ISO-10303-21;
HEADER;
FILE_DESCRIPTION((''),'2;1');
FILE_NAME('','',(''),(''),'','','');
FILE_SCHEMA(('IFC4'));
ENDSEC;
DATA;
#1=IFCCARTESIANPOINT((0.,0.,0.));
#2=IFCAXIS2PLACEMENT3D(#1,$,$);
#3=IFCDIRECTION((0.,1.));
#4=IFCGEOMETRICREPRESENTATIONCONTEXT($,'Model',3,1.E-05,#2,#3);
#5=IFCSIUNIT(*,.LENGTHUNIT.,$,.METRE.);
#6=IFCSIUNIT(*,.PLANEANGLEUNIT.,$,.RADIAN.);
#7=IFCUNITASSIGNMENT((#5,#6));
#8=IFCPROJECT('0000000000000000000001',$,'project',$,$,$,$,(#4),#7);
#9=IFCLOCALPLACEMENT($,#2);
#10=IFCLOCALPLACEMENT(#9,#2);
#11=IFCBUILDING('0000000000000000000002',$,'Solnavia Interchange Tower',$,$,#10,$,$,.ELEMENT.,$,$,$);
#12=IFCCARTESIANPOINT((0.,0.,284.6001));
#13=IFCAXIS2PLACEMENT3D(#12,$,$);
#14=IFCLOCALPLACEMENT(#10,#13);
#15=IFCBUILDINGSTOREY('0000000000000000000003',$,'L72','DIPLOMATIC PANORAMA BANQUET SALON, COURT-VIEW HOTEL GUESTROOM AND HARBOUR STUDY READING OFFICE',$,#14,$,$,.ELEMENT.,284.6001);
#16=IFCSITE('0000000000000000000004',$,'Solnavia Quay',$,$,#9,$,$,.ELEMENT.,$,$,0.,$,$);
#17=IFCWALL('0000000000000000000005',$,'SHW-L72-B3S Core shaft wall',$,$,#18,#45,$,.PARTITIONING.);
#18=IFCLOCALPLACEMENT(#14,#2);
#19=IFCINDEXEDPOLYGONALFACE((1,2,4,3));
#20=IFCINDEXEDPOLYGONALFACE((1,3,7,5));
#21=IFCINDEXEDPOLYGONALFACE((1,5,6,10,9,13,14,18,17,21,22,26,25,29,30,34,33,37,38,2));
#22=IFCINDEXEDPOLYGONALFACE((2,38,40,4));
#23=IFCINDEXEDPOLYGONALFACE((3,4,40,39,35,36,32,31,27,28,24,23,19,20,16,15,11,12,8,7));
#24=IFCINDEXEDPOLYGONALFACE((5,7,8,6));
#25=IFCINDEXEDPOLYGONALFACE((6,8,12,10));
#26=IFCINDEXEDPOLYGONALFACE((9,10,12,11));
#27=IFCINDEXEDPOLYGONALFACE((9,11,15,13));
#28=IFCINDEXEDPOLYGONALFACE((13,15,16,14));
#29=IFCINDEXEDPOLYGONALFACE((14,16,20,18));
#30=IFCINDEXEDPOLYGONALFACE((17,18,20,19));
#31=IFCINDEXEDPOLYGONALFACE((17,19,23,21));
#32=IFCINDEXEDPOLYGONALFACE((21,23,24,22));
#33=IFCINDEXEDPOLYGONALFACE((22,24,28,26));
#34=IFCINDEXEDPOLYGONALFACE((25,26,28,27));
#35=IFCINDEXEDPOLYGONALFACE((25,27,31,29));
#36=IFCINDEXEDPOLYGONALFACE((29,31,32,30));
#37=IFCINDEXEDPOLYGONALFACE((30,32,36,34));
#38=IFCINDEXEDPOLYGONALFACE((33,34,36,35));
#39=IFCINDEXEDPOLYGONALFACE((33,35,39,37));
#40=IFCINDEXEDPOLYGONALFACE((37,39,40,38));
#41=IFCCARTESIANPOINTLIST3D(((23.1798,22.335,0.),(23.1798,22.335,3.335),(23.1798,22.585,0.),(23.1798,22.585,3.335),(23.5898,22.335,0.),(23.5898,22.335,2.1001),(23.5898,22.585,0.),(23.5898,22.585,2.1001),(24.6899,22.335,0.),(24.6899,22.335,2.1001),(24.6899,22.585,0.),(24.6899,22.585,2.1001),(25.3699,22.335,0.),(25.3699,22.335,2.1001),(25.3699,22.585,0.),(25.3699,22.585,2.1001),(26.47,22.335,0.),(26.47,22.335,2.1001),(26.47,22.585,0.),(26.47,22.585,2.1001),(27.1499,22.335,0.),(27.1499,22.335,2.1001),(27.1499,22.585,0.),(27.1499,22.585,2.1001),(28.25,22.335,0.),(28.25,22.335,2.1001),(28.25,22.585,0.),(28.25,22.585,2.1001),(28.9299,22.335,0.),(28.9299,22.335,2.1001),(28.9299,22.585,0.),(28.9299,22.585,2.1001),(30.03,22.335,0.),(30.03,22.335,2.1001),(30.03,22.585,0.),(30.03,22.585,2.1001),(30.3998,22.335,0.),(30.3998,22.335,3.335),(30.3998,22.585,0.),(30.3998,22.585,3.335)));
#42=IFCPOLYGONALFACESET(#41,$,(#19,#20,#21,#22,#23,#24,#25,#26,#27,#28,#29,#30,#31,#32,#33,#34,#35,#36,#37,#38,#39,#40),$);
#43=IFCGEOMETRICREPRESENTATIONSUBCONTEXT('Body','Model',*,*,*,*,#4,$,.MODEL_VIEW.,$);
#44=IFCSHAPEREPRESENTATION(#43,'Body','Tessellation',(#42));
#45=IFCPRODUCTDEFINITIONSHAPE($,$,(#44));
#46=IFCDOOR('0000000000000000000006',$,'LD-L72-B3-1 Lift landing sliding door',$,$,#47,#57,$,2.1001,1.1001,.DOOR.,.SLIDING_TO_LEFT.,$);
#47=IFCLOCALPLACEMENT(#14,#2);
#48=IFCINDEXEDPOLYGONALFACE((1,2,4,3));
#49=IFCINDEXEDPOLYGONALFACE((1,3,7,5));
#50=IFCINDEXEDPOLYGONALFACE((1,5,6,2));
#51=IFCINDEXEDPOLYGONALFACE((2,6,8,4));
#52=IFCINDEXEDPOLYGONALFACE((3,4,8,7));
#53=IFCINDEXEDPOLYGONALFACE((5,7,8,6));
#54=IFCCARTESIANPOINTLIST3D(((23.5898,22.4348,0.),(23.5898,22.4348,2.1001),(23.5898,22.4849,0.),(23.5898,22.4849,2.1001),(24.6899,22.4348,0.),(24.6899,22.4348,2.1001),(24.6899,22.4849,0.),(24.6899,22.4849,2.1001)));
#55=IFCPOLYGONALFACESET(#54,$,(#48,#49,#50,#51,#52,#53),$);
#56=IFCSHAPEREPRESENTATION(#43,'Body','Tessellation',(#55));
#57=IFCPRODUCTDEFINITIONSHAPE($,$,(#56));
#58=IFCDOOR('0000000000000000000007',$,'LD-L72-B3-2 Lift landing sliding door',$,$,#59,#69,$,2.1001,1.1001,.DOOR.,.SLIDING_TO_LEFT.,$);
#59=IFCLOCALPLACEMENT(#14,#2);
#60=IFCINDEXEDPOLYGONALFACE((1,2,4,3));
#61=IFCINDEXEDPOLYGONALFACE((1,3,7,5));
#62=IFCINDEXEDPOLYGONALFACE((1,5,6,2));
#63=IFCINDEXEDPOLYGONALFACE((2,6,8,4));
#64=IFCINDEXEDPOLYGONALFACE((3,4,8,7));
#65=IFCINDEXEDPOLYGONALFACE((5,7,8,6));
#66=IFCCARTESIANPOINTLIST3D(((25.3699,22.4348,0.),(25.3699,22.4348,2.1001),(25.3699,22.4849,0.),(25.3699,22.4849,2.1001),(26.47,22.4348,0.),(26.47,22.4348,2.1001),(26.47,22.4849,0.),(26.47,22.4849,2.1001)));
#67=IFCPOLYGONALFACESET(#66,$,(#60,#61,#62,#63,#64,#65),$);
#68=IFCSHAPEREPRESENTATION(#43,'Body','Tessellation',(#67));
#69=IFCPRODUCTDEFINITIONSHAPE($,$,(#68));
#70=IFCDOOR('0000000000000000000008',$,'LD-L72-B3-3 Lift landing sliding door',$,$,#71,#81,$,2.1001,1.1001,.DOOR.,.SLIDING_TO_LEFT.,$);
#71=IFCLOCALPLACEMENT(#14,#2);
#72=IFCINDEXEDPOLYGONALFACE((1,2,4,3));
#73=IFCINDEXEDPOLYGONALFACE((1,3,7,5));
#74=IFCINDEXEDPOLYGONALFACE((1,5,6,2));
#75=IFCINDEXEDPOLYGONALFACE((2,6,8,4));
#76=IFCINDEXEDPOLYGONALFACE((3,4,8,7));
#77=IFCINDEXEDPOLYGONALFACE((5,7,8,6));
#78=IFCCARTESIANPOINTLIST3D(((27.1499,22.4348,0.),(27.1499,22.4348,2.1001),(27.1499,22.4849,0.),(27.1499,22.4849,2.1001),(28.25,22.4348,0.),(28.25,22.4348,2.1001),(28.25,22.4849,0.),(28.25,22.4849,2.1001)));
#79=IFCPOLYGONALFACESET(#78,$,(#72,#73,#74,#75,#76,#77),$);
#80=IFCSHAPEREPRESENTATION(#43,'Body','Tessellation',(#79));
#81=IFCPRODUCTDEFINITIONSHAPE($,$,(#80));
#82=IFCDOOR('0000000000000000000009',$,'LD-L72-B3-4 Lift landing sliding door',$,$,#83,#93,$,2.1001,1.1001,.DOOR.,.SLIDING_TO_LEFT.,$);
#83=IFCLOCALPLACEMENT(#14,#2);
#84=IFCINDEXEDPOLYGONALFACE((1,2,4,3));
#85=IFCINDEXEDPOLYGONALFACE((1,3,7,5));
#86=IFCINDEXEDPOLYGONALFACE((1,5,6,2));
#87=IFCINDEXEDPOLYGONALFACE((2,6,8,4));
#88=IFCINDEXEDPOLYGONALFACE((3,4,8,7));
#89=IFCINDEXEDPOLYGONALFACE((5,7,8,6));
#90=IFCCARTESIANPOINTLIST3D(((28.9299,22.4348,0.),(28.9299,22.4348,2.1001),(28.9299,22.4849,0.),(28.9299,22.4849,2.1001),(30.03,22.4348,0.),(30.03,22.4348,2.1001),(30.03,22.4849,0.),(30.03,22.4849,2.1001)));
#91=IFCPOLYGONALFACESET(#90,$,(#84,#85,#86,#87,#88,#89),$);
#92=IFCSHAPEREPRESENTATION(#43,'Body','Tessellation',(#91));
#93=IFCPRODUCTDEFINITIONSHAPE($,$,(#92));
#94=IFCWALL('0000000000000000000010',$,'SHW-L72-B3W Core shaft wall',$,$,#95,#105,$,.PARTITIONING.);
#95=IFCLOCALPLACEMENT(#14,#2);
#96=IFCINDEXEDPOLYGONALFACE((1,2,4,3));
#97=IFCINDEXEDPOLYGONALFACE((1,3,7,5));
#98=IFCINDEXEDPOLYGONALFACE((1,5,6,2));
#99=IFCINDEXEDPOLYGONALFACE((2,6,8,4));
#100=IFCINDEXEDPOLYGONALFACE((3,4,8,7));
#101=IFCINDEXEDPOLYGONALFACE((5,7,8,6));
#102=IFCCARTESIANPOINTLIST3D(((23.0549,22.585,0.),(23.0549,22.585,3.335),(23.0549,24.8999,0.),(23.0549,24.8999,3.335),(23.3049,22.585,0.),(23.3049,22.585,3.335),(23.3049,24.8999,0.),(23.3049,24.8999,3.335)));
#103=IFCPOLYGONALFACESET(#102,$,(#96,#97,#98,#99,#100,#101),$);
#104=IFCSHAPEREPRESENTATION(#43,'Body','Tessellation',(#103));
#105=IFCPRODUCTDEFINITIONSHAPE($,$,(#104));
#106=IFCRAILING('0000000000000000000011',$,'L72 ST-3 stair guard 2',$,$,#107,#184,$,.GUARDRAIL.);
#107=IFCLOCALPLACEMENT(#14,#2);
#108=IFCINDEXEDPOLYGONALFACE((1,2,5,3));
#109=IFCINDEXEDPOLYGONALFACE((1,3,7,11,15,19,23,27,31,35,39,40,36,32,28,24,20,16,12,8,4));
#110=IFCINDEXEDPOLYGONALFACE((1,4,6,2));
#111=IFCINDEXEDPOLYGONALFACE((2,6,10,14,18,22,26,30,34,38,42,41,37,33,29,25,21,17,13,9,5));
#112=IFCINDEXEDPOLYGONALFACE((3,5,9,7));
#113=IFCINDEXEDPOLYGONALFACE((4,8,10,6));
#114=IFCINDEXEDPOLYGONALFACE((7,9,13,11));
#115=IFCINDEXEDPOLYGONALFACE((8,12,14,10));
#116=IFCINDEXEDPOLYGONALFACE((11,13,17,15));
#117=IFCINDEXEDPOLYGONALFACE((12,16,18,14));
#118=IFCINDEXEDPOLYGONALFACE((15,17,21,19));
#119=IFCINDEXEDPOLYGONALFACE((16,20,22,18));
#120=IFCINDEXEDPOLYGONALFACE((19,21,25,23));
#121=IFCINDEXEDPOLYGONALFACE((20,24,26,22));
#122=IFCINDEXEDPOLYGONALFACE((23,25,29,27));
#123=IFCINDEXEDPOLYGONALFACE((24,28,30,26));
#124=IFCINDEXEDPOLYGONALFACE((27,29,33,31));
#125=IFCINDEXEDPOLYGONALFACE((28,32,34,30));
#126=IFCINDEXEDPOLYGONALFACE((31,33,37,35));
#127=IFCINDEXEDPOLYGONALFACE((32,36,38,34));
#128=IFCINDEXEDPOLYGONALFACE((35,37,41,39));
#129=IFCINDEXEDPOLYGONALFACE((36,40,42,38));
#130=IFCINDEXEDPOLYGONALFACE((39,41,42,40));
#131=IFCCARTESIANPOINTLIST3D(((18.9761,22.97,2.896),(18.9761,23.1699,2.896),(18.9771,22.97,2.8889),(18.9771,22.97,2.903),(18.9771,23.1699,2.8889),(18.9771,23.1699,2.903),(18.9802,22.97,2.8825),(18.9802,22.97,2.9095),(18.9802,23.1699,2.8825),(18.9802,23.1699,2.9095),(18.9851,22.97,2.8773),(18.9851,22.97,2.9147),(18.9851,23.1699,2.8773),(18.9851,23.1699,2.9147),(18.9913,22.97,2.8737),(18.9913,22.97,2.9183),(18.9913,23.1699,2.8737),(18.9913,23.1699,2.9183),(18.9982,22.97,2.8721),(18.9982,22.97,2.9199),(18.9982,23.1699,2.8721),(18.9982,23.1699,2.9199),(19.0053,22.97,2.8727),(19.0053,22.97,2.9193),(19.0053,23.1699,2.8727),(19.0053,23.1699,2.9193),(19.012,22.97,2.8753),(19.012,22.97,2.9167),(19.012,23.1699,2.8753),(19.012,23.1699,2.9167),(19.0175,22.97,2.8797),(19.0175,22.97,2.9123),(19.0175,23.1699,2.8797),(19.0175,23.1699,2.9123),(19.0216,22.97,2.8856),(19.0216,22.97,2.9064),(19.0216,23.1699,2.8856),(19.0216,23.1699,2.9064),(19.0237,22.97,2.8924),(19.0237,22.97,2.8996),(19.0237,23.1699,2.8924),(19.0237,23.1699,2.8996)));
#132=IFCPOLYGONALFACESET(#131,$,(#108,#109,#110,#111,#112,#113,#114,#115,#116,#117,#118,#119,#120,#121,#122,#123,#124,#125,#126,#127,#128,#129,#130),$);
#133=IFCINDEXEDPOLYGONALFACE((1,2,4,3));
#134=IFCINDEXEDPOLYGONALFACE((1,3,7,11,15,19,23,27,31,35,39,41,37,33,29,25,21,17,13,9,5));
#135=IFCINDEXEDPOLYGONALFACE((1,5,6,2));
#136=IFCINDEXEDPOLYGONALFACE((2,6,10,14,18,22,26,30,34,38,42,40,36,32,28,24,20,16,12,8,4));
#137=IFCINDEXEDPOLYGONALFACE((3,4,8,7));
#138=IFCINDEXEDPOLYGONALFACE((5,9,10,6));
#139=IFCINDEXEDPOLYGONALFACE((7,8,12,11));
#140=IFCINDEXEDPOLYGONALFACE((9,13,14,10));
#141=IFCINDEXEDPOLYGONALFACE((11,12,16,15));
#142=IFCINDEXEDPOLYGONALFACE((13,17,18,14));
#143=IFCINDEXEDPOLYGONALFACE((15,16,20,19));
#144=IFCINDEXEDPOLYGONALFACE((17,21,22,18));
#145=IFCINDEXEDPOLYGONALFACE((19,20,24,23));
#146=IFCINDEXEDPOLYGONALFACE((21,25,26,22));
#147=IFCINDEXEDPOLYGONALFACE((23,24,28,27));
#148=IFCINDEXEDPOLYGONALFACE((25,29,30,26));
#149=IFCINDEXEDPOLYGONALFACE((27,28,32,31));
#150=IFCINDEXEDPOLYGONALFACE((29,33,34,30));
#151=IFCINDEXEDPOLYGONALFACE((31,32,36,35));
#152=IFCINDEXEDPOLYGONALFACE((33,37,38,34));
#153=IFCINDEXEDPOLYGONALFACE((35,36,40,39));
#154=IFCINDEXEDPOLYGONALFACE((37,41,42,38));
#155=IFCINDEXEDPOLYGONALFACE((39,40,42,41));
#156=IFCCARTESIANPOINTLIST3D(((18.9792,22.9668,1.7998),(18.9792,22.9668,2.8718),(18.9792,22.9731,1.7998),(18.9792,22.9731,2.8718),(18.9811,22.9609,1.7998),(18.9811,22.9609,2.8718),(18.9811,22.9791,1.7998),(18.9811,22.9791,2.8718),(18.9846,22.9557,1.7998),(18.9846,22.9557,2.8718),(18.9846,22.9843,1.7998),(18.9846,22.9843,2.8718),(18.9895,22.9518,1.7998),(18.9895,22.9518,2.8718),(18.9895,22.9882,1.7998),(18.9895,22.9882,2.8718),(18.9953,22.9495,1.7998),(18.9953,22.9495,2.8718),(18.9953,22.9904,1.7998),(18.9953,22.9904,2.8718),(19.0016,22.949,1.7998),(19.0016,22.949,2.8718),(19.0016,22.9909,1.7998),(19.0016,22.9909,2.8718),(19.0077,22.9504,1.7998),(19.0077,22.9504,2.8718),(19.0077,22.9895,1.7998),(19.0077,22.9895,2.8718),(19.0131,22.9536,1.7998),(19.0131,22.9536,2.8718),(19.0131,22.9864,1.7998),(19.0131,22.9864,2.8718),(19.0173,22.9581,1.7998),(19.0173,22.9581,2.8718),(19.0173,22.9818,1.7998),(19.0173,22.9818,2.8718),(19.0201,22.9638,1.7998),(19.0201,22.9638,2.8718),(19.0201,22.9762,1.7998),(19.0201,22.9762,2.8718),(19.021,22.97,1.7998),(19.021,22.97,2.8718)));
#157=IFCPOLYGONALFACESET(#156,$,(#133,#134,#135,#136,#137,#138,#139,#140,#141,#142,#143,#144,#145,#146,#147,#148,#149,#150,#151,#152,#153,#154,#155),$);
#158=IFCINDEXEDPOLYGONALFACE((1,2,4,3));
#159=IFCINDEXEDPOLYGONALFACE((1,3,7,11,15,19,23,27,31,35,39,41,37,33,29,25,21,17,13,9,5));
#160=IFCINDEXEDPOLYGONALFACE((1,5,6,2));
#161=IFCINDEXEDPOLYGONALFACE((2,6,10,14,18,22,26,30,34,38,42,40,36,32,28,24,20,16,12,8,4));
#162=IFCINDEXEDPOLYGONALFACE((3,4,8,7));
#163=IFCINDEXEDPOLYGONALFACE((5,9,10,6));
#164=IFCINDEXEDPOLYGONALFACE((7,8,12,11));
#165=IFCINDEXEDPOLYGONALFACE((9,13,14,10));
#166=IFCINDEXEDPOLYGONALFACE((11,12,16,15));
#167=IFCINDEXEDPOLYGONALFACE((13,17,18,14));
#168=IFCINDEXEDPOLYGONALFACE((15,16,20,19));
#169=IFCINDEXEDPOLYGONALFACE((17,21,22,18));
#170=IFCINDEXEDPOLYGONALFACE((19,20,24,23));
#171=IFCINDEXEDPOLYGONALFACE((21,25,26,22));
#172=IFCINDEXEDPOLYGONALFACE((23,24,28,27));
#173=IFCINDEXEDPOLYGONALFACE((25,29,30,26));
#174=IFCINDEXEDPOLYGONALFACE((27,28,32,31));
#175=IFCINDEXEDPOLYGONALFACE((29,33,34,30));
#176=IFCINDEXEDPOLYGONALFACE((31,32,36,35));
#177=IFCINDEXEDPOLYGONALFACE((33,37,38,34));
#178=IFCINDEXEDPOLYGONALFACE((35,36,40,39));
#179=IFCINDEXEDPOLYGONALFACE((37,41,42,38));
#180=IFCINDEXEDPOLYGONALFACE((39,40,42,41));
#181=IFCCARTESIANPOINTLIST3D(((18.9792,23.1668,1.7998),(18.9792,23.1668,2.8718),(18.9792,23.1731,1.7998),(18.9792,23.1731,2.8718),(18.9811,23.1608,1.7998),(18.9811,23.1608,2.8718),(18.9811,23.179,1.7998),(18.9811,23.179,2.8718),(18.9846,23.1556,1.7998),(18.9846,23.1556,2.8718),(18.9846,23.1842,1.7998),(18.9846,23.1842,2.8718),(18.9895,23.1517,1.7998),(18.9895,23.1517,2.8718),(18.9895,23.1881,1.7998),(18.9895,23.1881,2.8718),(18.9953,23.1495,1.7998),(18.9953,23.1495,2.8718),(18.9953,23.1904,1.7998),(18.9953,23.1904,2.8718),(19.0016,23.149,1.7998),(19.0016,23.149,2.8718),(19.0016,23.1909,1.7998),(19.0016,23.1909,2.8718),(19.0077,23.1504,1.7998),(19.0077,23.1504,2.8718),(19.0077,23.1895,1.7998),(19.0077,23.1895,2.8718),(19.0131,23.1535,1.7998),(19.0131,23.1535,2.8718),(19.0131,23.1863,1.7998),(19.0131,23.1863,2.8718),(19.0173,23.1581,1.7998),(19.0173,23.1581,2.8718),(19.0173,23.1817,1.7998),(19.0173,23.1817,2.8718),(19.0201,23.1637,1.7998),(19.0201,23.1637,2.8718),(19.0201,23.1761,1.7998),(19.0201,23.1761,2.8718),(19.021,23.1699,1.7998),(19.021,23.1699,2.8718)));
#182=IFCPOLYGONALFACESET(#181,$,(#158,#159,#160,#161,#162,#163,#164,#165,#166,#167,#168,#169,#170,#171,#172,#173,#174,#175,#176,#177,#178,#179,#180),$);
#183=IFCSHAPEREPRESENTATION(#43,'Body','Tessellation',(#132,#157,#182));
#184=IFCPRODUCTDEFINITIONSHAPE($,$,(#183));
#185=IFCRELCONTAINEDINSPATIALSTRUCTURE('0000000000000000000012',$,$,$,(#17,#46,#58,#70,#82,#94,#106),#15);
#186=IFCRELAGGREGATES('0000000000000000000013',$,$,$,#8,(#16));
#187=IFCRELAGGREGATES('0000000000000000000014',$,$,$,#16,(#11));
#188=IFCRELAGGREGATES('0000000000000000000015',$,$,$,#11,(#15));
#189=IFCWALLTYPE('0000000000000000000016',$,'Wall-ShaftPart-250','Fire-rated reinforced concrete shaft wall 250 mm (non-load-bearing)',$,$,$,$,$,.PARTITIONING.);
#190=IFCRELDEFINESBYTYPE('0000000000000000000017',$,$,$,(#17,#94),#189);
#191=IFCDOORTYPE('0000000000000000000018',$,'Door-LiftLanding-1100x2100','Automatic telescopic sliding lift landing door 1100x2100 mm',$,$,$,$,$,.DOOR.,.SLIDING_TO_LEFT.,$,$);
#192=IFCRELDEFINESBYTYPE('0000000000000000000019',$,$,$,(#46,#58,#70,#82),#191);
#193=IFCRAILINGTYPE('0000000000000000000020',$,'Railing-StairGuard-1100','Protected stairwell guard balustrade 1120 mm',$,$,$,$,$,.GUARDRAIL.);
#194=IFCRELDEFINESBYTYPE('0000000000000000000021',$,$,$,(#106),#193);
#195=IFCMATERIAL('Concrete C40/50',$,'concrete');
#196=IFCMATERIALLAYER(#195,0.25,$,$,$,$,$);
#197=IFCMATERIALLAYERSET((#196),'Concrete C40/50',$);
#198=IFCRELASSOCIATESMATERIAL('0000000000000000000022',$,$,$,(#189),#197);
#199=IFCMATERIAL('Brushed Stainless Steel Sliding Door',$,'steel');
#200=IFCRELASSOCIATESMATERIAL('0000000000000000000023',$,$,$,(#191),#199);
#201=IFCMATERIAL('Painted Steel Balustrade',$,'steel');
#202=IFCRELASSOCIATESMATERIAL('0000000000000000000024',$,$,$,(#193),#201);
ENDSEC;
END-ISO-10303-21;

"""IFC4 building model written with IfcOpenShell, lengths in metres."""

from ifc_helpers import new_model, si_unit, direction, frame, frame_2d, origin, origin_2d, place, context, subcontext, project, spatial, rectangle, circle, extrude, material, layer, layer_set, type_object, element, fill, save


model = new_model("IFC4")

# Units and contexts
model_context = context("Model", 3, precision=1e-05, world=origin(), true_north=direction((0.0, 1.0)))
body_context = subcontext(model_context, "Body", "Model", "MODEL_VIEW")
ifc_project = project(units=[si_unit("LENGTHUNIT", "METRE"), si_unit("PLANEANGLEUNIT", "RADIAN")], contexts=[model_context])

# Site, building, storey
site_placement = place(None, origin())
site = spatial("IfcSite", under=ifc_project, at=site_placement, Name="Solnavia Quay", CompositionType="ELEMENT", RefElevation=0.0)
building_placement = place(site_placement, origin())
building = spatial("IfcBuilding", under=site, at=building_placement, Name="Solnavia Interchange Tower", CompositionType="ELEMENT")
storey_placement = place(building_placement, frame((0.0, 0.0, 284.6001)))
storey = spatial("IfcBuildingStorey", under=building, at=storey_placement, Name="L72", Description="DIPLOMATIC PANORAMA BANQUET SALON, COURT-VIEW HOTEL GUESTROOM AND HARBOUR STUDY READING OFFICE", CompositionType="ELEMENT", Elevation=284.6001)

# Shared definitions
ifc_material_1 = material(Name="Concrete C40/50", Category="concrete")

# Shared definitions
ifc_layer_1 = layer(ifc_material_1, 0.25)
ifc_layer_set_1 = layer_set([ifc_layer_1], Name="Concrete C40/50")
wall_type_1 = type_object("IfcWallType", Name="Wall-ShaftPart-250", Description="Fire-rated reinforced concrete shaft wall 250 mm (non-load-bearing)", PredefinedType="PARTITIONING", material=ifc_layer_set_1)
ifc_material_2 = material(Name="Brushed Stainless Steel Sliding Door", Category="steel")
door_type_1 = type_object("IfcDoorType", Name="Door-LiftLanding-1100x2100", Description="Automatic telescopic sliding lift landing door 1100x2100 mm", OperationType="SLIDING_TO_LEFT", PredefinedType="DOOR", material=ifc_material_2)

# Wall, openings, doors
wall_1_placement = place(storey_placement, frame((23.1799, 22.46, 0.0), z_axis=(0.0, 0.0, 1.0), x_axis=(1.0, 0.0, 0.0)))
wall_1 = element("IfcWall", 1, at=wall_1_placement, inside=storey, type_object=wall_type_1, Name="SHW-L72-B3S Core shaft wall", PredefinedType="PARTITIONING", context=body_context, shape_type="SweptSolid", body=[
    extrude(rectangle(XDim=7.22, YDim=0.25, at=frame_2d((3.6099, 0.0))), origin(), (0.0, 0.0, 1.0), 3.335),
])
opening_1_placement = place(wall_1_placement, frame((0.4099, 0.0, 0.0)))
opening_1 = element("IfcOpeningElement", 2, at=opening_1_placement, cuts=wall_1, PredefinedType="OPENING", context=body_context, shape_type="SweptSolid", body=[
    extrude(rectangle(XDim=1.1001, YDim=2.1001, at=frame_2d((0.55, 1.05))), frame((0.0, 0.135, 0.0), z_axis=(0.0, -1.0, 0.0), x_axis=(1.0, 0.0, 0.0)), (0.0, 0.0, 1.0), 0.27),
])
opening_2_placement = place(wall_1_placement, frame((2.1899, 0.0, 0.0)))
opening_2 = element("IfcOpeningElement", 3, at=opening_2_placement, cuts=wall_1, PredefinedType="OPENING", context=body_context, shape_type="SweptSolid", body=[
    extrude(rectangle(XDim=1.1001, YDim=2.1001, at=frame_2d((0.55, 1.05))), frame((0.0, 0.135, 0.0), z_axis=(0.0, -1.0, 0.0), x_axis=(1.0, 0.0, 0.0)), (0.0, 0.0, 1.0), 0.27),
])
opening_3_placement = place(wall_1_placement, frame((3.97, 0.0, 0.0)))
opening_3 = element("IfcOpeningElement", 4, at=opening_3_placement, cuts=wall_1, PredefinedType="OPENING", context=body_context, shape_type="SweptSolid", body=[
    extrude(rectangle(XDim=1.1001, YDim=2.1001, at=frame_2d((0.55, 1.05))), frame((0.0, 0.135, 0.0), z_axis=(0.0, -1.0, 0.0), x_axis=(1.0, 0.0, 0.0)), (0.0, 0.0, 1.0), 0.27),
])
opening_4_placement = place(wall_1_placement, frame((5.75, 0.0, 0.0)))
opening_4 = element("IfcOpeningElement", 5, at=opening_4_placement, cuts=wall_1, PredefinedType="OPENING", context=body_context, shape_type="SweptSolid", body=[
    extrude(rectangle(XDim=1.1001, YDim=2.1001, at=frame_2d((0.55, 1.05))), frame((0.0, 0.135, 0.0), z_axis=(0.0, -1.0, 0.0), x_axis=(1.0, 0.0, 0.0)), (0.0, 0.0, 1.0), 0.27),
])
door_1_placement = place(opening_1_placement, origin())
door_1 = element("IfcDoor", 6, at=door_1_placement, inside=storey, type_object=door_type_1, Name="LD-L72-B3-1 Lift landing sliding door", OperationType="SLIDING_TO_LEFT", OverallHeight=2.1001, OverallWidth=1.1001, PredefinedType="DOOR", context=body_context, shape_type="SweptSolid", body=[
    extrude(rectangle(XDim=1.1001, YDim=2.1001, at=frame_2d((0.55, 1.05))), frame((0.0, 0.0249, 0.0), z_axis=(0.0, -1.0, 0.0), x_axis=(1.0, 0.0, 0.0)), (0.0, 0.0, 1.0), 0.05),
])
fill(opening_1, door_1)
door_2_placement = place(opening_2_placement, origin())
door_2 = element("IfcDoor", 7, at=door_2_placement, inside=storey, type_object=door_type_1, Name="LD-L72-B3-2 Lift landing sliding door", OperationType="SLIDING_TO_LEFT", OverallHeight=2.1001, OverallWidth=1.1001, PredefinedType="DOOR", context=body_context, shape_type="SweptSolid", body=[
    extrude(rectangle(XDim=1.1001, YDim=2.1001, at=frame_2d((0.55, 1.05))), frame((0.0, 0.0249, 0.0), z_axis=(0.0, -1.0, 0.0), x_axis=(1.0, 0.0, 0.0)), (0.0, 0.0, 1.0), 0.05),
])
fill(opening_2, door_2)
door_3_placement = place(opening_3_placement, origin())
door_3 = element("IfcDoor", 8, at=door_3_placement, inside=storey, type_object=door_type_1, Name="LD-L72-B3-3 Lift landing sliding door", OperationType="SLIDING_TO_LEFT", OverallHeight=2.1001, OverallWidth=1.1001, PredefinedType="DOOR", context=body_context, shape_type="SweptSolid", body=[
    extrude(rectangle(XDim=1.1001, YDim=2.1001, at=frame_2d((0.55, 1.05))), frame((0.0, 0.0249, 0.0), z_axis=(0.0, -1.0, 0.0), x_axis=(1.0, 0.0, 0.0)), (0.0, 0.0, 1.0), 0.05),
])
fill(opening_3, door_3)
door_4_placement = place(opening_4_placement, origin())
door_4 = element("IfcDoor", 9, at=door_4_placement, inside=storey, type_object=door_type_1, Name="LD-L72-B3-4 Lift landing sliding door", OperationType="SLIDING_TO_LEFT", OverallHeight=2.1001, OverallWidth=1.1001, PredefinedType="DOOR", context=body_context, shape_type="SweptSolid", body=[
    extrude(rectangle(XDim=1.1001, YDim=2.1001, at=frame_2d((0.55, 1.05))), frame((0.0, 0.0249, 0.0), z_axis=(0.0, -1.0, 0.0), x_axis=(1.0, 0.0, 0.0)), (0.0, 0.0, 1.0), 0.05),
])
fill(opening_4, door_4)

# Wall
wall_2_placement = place(storey_placement, frame((23.1799, 22.585, 0.0), z_axis=(0.0, 0.0, 1.0), x_axis=(0.0, 1.0, 0.0)))
element("IfcWall", 10, at=wall_2_placement, inside=storey, type_object=wall_type_1, Name="SHW-L72-B3W Core shaft wall", PredefinedType="PARTITIONING", context=body_context, shape_type="SweptSolid", body=[
    extrude(rectangle(XDim=2.3149, YDim=0.25, at=frame_2d((1.1575, 0.0))), origin(), (0.0, 0.0, 1.0), 3.335),
])

# Railing
ifc_material_3 = material(Name="Painted Steel Balustrade", Category="steel")
railing_type_1 = type_object("IfcRailingType", Name="Railing-StairGuard-1100", Description="Protected stairwell guard balustrade 1120 mm", PredefinedType="GUARDRAIL", material=ifc_material_3)
railing_placement = place(storey_placement, frame((19.0, 22.97, 1.7998)))
element("IfcRailing", 11, at=railing_placement, inside=storey, type_object=railing_type_1, Name="L72 ST-3 stair guard 2", PredefinedType="GUARDRAIL", context=body_context, shape_type="SweptSolid", body=[
    extrude(circle(Radius=0.0239, at=origin_2d()), frame((0.0, 0.0, 1.0962), z_axis=(0.0, 1.0, 0.0), x_axis=(-1.0, 0.0, 0.0)), (0.0, 0.0, 1.0), 0.2),
    extrude(circle(Radius=0.021, at=origin_2d()), origin(), (0.0, 0.0, 1.0), 1.072),
    extrude(circle(Radius=0.021, at=origin_2d()), frame((0.0, 0.2, 0.0)), (0.0, 0.0, 1.0), 1.072),
])

save(model, "model.ifc")
